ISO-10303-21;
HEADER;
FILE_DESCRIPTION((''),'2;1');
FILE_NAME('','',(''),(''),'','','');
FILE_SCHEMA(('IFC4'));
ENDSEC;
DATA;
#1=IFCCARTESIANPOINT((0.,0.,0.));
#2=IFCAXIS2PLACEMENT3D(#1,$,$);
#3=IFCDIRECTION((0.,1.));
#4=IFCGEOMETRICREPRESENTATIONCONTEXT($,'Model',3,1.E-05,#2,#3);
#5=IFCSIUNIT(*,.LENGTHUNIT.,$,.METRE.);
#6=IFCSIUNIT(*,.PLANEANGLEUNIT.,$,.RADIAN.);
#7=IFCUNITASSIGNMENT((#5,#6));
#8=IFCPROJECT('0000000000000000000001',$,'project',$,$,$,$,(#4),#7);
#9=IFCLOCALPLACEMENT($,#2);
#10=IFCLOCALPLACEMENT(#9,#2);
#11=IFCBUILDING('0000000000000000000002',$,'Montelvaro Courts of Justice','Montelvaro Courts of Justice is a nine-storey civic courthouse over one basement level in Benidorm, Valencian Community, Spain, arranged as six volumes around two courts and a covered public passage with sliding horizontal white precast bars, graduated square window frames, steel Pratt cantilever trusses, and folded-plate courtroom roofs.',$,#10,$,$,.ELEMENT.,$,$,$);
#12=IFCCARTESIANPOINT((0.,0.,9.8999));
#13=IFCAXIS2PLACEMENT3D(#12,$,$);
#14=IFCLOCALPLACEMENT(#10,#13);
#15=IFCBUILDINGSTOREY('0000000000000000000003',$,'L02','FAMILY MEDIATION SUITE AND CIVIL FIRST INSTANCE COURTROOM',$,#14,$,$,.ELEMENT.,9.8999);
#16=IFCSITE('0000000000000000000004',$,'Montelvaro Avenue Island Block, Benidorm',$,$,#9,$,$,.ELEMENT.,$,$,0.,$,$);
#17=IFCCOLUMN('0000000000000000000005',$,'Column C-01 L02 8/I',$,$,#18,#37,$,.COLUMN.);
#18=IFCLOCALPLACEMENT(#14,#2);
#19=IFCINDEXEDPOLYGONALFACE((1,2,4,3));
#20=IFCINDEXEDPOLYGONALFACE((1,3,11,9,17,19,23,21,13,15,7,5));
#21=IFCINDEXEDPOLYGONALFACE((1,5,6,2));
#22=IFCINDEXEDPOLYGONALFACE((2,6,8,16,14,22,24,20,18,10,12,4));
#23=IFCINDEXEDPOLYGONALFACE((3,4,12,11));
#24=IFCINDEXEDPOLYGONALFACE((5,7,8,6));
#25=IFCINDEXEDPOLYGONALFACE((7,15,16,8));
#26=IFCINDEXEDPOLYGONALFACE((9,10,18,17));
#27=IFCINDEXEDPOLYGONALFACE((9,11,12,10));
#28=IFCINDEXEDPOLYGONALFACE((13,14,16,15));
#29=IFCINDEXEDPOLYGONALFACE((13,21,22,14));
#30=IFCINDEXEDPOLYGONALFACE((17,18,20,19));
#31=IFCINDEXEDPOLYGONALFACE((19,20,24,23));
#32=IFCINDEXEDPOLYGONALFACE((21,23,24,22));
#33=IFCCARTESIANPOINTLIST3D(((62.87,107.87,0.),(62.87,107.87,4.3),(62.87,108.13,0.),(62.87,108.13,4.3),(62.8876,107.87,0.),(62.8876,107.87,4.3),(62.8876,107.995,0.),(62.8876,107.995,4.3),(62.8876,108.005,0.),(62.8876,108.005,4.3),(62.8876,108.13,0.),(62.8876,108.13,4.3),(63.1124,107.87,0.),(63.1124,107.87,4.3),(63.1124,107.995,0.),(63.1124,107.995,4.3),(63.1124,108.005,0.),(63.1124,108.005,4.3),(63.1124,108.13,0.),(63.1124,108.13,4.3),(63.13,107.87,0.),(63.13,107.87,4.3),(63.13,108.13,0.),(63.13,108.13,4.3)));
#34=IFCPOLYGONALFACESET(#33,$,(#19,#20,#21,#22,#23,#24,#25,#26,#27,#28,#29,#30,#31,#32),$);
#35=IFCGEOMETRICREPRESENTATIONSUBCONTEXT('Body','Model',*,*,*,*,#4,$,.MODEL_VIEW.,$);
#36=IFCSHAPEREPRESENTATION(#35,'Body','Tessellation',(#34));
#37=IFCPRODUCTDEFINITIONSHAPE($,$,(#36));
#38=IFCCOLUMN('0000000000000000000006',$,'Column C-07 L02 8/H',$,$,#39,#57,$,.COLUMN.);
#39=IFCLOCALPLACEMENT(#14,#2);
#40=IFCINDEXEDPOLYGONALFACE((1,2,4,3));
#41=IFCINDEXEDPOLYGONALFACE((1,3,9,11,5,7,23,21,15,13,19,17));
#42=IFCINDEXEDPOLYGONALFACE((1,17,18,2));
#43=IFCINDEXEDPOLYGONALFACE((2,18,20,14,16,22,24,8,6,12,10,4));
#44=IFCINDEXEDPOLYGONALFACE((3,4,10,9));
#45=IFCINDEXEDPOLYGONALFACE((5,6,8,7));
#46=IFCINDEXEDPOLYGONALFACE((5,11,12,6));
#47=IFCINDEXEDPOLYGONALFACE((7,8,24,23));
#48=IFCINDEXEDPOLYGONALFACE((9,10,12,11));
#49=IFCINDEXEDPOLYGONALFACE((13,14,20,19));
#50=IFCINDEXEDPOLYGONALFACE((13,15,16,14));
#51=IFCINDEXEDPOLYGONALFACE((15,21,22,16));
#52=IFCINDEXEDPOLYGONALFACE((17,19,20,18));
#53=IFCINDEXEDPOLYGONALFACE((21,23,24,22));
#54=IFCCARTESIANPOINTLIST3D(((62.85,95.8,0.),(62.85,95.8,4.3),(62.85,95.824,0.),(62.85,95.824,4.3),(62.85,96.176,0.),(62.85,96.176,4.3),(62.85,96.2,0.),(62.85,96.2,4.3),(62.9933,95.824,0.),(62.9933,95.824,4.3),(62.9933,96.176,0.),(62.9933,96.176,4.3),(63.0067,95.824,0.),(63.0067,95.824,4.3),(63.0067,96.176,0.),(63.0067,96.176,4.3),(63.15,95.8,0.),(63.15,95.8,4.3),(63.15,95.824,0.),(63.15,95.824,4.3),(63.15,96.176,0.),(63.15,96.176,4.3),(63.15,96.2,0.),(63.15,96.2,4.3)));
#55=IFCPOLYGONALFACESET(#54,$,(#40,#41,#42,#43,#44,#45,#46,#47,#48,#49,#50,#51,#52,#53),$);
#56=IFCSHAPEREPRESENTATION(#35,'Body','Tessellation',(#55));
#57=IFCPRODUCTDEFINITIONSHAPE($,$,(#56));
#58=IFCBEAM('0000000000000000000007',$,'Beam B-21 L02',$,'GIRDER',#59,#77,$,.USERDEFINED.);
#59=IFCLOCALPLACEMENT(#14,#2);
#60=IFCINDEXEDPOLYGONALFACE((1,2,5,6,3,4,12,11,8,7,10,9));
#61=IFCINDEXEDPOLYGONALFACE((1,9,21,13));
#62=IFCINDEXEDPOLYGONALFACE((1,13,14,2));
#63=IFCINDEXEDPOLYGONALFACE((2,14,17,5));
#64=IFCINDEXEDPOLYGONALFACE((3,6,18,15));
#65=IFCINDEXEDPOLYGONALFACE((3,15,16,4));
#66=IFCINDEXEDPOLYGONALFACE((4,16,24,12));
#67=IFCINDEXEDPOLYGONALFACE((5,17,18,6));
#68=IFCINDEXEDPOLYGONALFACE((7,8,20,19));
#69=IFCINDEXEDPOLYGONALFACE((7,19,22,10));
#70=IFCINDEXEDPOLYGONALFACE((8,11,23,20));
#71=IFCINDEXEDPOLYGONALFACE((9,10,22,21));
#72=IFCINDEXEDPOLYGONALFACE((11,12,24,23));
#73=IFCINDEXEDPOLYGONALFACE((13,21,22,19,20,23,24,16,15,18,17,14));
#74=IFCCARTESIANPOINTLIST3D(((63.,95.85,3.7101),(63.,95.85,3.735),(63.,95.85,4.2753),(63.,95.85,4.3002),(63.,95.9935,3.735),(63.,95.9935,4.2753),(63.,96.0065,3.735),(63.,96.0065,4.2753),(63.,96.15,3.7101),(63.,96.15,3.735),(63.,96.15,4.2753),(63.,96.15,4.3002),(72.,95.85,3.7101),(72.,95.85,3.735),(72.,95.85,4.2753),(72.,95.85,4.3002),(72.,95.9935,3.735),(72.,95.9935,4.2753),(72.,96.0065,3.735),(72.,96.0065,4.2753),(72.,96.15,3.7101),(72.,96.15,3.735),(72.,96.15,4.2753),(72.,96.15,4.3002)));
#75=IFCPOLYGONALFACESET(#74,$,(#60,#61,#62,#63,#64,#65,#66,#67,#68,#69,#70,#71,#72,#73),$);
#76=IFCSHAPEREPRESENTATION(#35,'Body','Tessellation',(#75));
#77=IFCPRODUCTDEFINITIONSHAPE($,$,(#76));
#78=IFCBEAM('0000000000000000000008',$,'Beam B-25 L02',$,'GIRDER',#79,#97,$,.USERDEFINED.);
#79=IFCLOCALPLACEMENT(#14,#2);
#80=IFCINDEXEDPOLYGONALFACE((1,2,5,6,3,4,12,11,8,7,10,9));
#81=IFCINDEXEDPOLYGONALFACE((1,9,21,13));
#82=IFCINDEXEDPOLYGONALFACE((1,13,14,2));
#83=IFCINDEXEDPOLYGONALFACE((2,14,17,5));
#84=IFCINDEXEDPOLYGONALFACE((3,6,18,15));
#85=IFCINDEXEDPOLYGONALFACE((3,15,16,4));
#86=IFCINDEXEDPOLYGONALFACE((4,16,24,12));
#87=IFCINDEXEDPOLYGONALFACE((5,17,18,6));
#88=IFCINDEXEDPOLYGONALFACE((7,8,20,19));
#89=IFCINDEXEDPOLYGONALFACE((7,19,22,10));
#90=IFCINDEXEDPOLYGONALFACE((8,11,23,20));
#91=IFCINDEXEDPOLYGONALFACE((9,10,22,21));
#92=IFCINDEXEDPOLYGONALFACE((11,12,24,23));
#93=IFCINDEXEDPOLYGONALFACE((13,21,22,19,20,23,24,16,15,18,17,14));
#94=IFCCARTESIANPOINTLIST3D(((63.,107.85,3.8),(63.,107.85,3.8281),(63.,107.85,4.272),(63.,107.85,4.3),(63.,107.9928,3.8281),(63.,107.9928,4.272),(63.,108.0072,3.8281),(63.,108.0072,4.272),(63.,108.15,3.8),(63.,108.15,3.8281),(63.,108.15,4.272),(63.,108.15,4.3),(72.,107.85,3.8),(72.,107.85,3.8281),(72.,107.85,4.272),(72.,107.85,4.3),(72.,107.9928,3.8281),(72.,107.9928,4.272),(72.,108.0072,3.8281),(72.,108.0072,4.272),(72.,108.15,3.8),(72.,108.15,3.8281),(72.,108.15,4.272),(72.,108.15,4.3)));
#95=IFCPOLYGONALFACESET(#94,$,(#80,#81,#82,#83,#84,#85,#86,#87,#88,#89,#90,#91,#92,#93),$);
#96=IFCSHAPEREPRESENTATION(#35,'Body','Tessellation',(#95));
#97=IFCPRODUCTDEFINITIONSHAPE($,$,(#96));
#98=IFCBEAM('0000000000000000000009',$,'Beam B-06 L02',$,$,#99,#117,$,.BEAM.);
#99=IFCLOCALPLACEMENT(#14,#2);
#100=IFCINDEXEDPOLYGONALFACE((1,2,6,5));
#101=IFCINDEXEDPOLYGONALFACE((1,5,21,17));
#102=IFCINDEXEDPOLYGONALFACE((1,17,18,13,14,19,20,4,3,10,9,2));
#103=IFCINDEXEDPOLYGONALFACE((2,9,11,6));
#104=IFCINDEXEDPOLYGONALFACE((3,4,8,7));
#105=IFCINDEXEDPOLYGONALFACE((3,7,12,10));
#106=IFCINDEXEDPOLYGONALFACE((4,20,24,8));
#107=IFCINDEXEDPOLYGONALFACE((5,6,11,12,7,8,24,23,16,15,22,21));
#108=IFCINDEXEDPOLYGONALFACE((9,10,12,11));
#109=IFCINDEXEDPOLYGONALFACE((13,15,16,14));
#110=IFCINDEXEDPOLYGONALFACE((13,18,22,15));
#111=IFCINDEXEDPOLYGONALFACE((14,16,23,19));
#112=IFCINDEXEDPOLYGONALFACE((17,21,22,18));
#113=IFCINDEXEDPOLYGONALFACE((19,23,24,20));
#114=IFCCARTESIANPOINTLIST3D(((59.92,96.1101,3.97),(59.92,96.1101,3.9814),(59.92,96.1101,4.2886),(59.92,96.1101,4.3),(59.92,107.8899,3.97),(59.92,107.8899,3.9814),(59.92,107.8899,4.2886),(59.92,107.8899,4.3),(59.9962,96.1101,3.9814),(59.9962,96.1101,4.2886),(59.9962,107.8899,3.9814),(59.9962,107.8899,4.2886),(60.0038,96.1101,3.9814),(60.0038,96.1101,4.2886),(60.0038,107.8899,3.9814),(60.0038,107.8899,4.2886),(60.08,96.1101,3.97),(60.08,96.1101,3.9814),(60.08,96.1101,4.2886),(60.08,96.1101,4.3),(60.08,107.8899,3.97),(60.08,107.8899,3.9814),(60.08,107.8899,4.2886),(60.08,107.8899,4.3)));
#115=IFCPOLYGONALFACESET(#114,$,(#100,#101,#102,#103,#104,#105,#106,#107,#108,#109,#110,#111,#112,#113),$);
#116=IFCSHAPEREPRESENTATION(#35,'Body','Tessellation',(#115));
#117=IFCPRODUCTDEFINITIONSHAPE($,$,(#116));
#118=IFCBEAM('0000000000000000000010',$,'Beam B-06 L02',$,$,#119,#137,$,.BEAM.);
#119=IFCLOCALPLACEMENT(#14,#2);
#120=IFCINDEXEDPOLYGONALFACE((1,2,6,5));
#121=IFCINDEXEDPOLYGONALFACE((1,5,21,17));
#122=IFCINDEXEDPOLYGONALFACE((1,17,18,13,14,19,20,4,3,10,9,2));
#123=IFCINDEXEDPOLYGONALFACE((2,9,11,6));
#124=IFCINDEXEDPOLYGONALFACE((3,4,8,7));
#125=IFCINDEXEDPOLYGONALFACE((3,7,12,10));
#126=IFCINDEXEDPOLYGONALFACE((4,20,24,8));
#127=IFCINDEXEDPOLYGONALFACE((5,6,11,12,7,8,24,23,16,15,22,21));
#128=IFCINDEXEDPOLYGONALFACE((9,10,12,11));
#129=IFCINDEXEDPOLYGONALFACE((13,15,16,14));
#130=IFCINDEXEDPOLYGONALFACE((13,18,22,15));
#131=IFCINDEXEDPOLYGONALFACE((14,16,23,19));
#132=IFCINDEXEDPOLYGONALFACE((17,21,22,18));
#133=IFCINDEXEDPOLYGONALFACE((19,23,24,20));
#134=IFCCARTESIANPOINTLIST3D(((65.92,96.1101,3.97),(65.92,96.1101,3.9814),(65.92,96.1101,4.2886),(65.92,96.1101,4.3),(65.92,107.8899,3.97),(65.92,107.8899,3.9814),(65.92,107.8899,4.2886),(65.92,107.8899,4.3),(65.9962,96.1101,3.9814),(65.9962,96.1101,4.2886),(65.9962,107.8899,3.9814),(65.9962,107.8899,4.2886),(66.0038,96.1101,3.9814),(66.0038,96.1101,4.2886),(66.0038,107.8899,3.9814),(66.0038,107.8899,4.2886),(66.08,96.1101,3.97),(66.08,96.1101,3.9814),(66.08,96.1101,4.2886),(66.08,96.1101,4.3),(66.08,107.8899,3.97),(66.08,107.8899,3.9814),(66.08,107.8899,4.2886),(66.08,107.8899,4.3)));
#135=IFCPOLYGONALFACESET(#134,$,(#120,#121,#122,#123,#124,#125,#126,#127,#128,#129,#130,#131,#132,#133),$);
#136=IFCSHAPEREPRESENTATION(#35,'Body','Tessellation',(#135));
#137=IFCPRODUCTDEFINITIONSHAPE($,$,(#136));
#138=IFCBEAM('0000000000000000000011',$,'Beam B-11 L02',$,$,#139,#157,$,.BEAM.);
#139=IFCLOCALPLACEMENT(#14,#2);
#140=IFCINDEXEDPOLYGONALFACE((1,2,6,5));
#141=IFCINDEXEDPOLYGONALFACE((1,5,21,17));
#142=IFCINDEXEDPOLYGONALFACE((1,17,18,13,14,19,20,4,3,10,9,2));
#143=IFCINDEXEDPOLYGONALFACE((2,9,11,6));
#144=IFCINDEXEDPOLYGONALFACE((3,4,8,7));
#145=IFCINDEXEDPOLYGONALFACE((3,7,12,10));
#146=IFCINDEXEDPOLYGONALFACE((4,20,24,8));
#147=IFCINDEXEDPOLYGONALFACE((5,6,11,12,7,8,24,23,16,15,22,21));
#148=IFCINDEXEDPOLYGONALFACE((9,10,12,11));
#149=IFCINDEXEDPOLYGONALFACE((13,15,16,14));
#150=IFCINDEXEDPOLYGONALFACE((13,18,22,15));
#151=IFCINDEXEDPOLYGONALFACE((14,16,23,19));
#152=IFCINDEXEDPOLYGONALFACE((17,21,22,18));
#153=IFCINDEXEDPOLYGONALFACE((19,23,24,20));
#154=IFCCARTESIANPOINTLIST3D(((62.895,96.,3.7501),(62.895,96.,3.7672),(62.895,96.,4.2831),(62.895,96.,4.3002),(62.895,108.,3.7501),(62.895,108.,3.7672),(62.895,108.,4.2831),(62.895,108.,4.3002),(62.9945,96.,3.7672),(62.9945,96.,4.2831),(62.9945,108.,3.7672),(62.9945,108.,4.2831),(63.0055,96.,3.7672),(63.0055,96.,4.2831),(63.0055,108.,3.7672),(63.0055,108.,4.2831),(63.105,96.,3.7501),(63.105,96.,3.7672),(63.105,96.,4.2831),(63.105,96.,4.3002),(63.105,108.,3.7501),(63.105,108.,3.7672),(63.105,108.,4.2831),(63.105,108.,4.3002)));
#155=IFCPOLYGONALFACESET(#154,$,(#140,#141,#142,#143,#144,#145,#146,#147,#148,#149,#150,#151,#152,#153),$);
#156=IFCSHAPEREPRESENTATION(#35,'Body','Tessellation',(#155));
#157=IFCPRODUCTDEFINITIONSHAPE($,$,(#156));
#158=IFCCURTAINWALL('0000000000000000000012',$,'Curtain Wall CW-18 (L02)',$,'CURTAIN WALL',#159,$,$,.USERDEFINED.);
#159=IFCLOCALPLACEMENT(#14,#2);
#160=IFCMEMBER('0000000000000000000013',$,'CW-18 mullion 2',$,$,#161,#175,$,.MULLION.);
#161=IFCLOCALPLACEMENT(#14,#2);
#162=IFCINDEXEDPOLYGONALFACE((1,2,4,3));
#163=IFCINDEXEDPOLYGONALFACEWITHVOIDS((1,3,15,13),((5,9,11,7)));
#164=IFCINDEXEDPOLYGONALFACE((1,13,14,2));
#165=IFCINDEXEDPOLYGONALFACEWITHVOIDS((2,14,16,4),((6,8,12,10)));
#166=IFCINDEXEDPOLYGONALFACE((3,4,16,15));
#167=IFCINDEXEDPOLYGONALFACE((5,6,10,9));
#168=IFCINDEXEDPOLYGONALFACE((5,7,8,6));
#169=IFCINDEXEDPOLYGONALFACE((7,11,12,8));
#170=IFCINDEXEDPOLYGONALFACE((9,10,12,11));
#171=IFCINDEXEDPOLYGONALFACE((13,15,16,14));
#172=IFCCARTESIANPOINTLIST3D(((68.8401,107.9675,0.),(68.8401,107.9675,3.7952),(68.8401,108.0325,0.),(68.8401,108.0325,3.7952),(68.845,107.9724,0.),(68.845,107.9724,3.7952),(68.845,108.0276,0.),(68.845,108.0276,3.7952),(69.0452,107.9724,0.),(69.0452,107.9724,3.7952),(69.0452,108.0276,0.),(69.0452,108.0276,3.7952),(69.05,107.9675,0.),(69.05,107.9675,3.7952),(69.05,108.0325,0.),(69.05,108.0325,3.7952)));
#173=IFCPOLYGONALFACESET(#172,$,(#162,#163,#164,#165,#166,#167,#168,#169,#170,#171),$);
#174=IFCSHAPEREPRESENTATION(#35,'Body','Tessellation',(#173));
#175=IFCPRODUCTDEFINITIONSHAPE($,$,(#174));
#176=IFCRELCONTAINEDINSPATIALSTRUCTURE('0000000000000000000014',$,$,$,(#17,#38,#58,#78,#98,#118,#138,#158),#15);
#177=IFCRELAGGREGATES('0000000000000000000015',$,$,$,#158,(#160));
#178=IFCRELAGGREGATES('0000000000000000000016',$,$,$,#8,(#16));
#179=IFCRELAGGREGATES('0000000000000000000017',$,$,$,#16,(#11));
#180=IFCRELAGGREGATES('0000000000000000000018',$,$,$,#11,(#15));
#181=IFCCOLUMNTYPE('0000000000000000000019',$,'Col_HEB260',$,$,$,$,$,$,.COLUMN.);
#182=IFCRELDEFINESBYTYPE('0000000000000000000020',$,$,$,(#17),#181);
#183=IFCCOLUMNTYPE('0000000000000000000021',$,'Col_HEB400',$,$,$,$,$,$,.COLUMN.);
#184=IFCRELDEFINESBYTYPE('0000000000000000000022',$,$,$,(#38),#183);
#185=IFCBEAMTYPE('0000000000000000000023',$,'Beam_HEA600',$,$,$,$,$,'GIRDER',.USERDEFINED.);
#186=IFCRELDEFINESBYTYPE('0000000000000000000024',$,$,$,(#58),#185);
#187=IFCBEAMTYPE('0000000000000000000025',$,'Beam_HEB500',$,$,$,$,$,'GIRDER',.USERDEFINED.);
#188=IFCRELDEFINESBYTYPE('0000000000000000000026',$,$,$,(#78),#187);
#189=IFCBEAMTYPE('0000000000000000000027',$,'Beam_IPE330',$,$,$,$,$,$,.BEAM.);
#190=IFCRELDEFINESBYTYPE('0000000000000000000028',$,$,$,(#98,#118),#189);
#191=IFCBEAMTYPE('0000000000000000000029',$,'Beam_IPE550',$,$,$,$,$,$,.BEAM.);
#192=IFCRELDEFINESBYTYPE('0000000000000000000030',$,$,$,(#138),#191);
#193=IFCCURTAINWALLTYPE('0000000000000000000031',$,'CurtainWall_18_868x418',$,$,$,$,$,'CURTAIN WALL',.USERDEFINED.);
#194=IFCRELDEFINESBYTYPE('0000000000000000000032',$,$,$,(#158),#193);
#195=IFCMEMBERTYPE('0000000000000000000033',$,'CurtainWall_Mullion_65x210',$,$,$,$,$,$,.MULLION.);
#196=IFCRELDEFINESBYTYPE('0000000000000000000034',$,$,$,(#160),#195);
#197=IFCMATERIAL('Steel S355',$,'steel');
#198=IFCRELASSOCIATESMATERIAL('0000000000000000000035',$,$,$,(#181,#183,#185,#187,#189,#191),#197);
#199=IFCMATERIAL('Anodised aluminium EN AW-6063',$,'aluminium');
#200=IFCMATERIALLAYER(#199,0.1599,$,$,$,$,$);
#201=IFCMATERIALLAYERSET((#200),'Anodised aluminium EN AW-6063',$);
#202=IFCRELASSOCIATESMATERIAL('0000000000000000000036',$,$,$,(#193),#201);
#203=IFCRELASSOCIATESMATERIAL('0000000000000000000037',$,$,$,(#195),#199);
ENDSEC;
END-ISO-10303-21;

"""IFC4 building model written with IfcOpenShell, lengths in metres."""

from ifc_helpers import new_model, si_unit, direction, frame, origin, origin_2d, place, context, subcontext, project, spatial, hollow_rectangle, i_section, extrude, material, layer, layer_set, material_profile, profile_set, type_object, element, aggregate, save


model = new_model("IFC4")

# Units and contexts
model_context = context("Model", 3, precision=1e-05, world=origin(), true_north=direction((0.0, 1.0)))
body_context = subcontext(model_context, "Body", "Model", "MODEL_VIEW")
ifc_project = project(units=[si_unit("LENGTHUNIT", "METRE"), si_unit("PLANEANGLEUNIT", "RADIAN")], contexts=[model_context])

# Site, building, storey
site_placement = place(None, origin())
site = spatial("IfcSite", under=ifc_project, at=site_placement, Name="Montelvaro Avenue Island Block, Benidorm", CompositionType="ELEMENT", RefElevation=0.0)
building_placement = place(site_placement, origin())
building = spatial("IfcBuilding", under=site, at=building_placement, Name="Montelvaro Courts of Justice", Description="Montelvaro Courts of Justice is a nine-storey civic courthouse over one basement level in Benidorm, Valencian Community, Spain, arranged as six volumes around two courts and a covered public passage with sliding horizontal white precast bars, graduated square window frames, steel Pratt cantilever trusses, and folded-plate courtroom roofs.", CompositionType="ELEMENT")
storey_placement = place(building_placement, frame((0.0, 0.0, 9.8999)))
storey = spatial("IfcBuildingStorey", under=building, at=storey_placement, Name="L02", Description="FAMILY MEDIATION SUITE AND CIVIL FIRST INSTANCE COURTROOM", CompositionType="ELEMENT", Elevation=9.8999)

# Columns
ifc_material_1 = material(Name="Steel S355", Category="steel")
ifc_material_profile_1 = material_profile(ifc_material_1, i_section(OverallWidth=0.26, OverallDepth=0.26, WebThickness=0.01, FlangeThickness=0.0176, at=origin_2d()), Name="HEB 260")
ifc_profile_set_1 = profile_set([ifc_material_profile_1], Name="Steel S355")
column_type_1 = type_object("IfcColumnType", Name="Col_HEB260", PredefinedType="COLUMN", material=ifc_profile_set_1)
column_1_placement = place(storey_placement, frame((63.0, 108.0, 0.0), z_axis=(0.0, 0.0, 1.0), x_axis=(0.0, 1.0, 0.0)))
element("IfcColumn", 1, at=column_1_placement, inside=storey, type_object=column_type_1, Name="Column C-01 L02 8/I", PredefinedType="COLUMN", context=body_context, shape_type="SweptSolid", body=[
    extrude(i_section(OverallWidth=0.26, OverallDepth=0.26, WebThickness=0.01, FlangeThickness=0.0176, at=origin_2d()), origin(), (0.0, 0.0, 1.0), 4.3),
])
ifc_material_profile_2 = material_profile(ifc_material_1, i_section(OverallWidth=0.3, OverallDepth=0.3999, WebThickness=0.0134, FlangeThickness=0.0239, at=origin_2d()), Name="HEB 400")
ifc_profile_set_2 = profile_set([ifc_material_profile_2], Name="Steel S355")
column_type_2 = type_object("IfcColumnType", Name="Col_HEB400", PredefinedType="COLUMN", material=ifc_profile_set_2)
column_2_placement = place(storey_placement, frame((63.0, 96.0, 0.0), z_axis=(0.0, 0.0, 1.0), x_axis=(1.0, 0.0, 0.0)))
element("IfcColumn", 2, at=column_2_placement, inside=storey, type_object=column_type_2, Name="Column C-07 L02 8/H", PredefinedType="COLUMN", context=body_context, shape_type="SweptSolid", body=[
    extrude(i_section(OverallWidth=0.3, OverallDepth=0.3999, WebThickness=0.0134, FlangeThickness=0.0239, at=origin_2d()), origin(), (0.0, 0.0, 1.0), 4.3),
])

# Beams
ifc_material_profile_3 = material_profile(ifc_material_1, i_section(OverallWidth=0.3, OverallDepth=0.5901, WebThickness=0.0129, FlangeThickness=0.0249, at=origin_2d()), Name="HEA 600")
ifc_profile_set_3 = profile_set([ifc_material_profile_3], Name="Steel S355")
beam_type_1 = type_object("IfcBeamType", Name="Beam_HEA600", ElementType="GIRDER", PredefinedType="USERDEFINED", material=ifc_profile_set_3)
beam_1_placement = place(storey_placement, frame((63.0, 96.0, 4.0051), z_axis=(1.0, 0.0, 0.0), x_axis=(0.0, 1.0, 0.0)))
element("IfcBeam", 3, at=beam_1_placement, inside=storey, type_object=beam_type_1, Name="Beam B-21 L02", ObjectType="GIRDER", PredefinedType="USERDEFINED", context=body_context, shape_type="SweptSolid", body=[
    extrude(i_section(OverallWidth=0.3, OverallDepth=0.5901, WebThickness=0.0129, FlangeThickness=0.0249, at=origin_2d()), origin(), (0.0, 0.0, 1.0), 9.0),
])
ifc_material_profile_4 = material_profile(ifc_material_1, i_section(OverallWidth=0.3, OverallDepth=0.5, WebThickness=0.0144, FlangeThickness=0.0281, at=origin_2d()), Name="HEB 500")
ifc_profile_set_4 = profile_set([ifc_material_profile_4], Name="Steel S355")
beam_type_2 = type_object("IfcBeamType", Name="Beam_HEB500", ElementType="GIRDER", PredefinedType="USERDEFINED", material=ifc_profile_set_4)
beam_2_placement = place(storey_placement, frame((63.0, 108.0, 4.05), z_axis=(1.0, 0.0, 0.0), x_axis=(0.0, 1.0, 0.0)))
element("IfcBeam", 4, at=beam_2_placement, inside=storey, type_object=beam_type_2, Name="Beam B-25 L02", ObjectType="GIRDER", PredefinedType="USERDEFINED", context=body_context, shape_type="SweptSolid", body=[
    extrude(i_section(OverallWidth=0.3, OverallDepth=0.5, WebThickness=0.0144, FlangeThickness=0.0281, at=origin_2d()), origin(), (0.0, 0.0, 1.0), 9.0),
])
ifc_material_profile_5 = material_profile(ifc_material_1, i_section(OverallWidth=0.1599, OverallDepth=0.3301, WebThickness=0.0076, FlangeThickness=0.0115, at=origin_2d()), Name="IPE 330")
ifc_profile_set_5 = profile_set([ifc_material_profile_5], Name="Steel S355")
beam_type_3 = type_object("IfcBeamType", Name="Beam_IPE330", PredefinedType="BEAM", material=ifc_profile_set_5)
for number, where, z_axis, x_axis, name in (
    (5, (60.0, 96.1101, 4.135), (0.0, 1.0, 0.0), (-1.0, 0.0, 0.0), "Beam B-06 L02"),
    (6, (66.0, 96.1101, 4.135), (0.0, 1.0, 0.0), (-1.0, 0.0, 0.0), "Beam B-06 L02"),
):
    element("IfcBeam", number, at=place(storey_placement, frame(where, z_axis=z_axis, x_axis=x_axis)), inside=storey, type_object=beam_type_3, Name=name, PredefinedType="BEAM", context=body_context, shape_type="SweptSolid", body=[
        extrude(i_section(OverallWidth=0.1599, OverallDepth=0.3301, WebThickness=0.0076, FlangeThickness=0.0115, at=origin_2d()), origin(), (0.0, 0.0, 1.0), 11.7798),
    ])
ifc_material_profile_6 = material_profile(ifc_material_1, i_section(OverallWidth=0.21, OverallDepth=0.55, WebThickness=0.011, FlangeThickness=0.0171, at=origin_2d()), Name="IPE 550")
ifc_profile_set_6 = profile_set([ifc_material_profile_6], Name="Steel S355")
beam_type_4 = type_object("IfcBeamType", Name="Beam_IPE550", PredefinedType="BEAM", material=ifc_profile_set_6)
beam_3_placement = place(storey_placement, frame((63.0, 96.0, 4.0251), z_axis=(0.0, 1.0, 0.0), x_axis=(-1.0, 0.0, 0.0)))
element("IfcBeam", 7, at=beam_3_placement, inside=storey, type_object=beam_type_4, Name="Beam B-11 L02", PredefinedType="BEAM", context=body_context, shape_type="SweptSolid", body=[
    extrude(i_section(OverallWidth=0.21, OverallDepth=0.55, WebThickness=0.011, FlangeThickness=0.0171, at=origin_2d()), origin(), (0.0, 0.0, 1.0), 12.0),
])

# Curtain wall, member
ifc_material_2 = material(Name="Anodised aluminium EN AW-6063", Category="aluminium")
ifc_layer_1 = layer(ifc_material_2, 0.1599)
ifc_layer_set_1 = layer_set([ifc_layer_1], Name="Anodised aluminium EN AW-6063")
curtain_wall_type = type_object("IfcCurtainWallType", Name="CurtainWall_18_868x418", ElementType="CURTAIN WALL", PredefinedType="USERDEFINED", material=ifc_layer_set_1)
curtain_wall_1_placement = place(storey_placement, origin())
curtain_wall_1 = element("IfcCurtainWall", 8, at=curtain_wall_1_placement, inside=storey, type_object=curtain_wall_type, Name="Curtain Wall CW-18 (L02)", ObjectType="CURTAIN WALL", PredefinedType="USERDEFINED")
ifc_material_profile_7 = material_profile(ifc_material_2, hollow_rectangle(XDim=0.0649, YDim=0.21, WallThickness=0.0049, at=origin_2d()), Name="ALU-M 65x210")
ifc_profile_set_7 = profile_set([ifc_material_profile_7], Name="Anodised aluminium EN AW-6063")
member_type_1 = type_object("IfcMemberType", Name="CurtainWall_Mullion_65x210", PredefinedType="MULLION", material=ifc_profile_set_7)
member_1_placement = place(storey_placement, frame((68.9451, 108.0, 0.0), z_axis=(0.0, 0.0, 1.0), x_axis=(0.0, -1.0, 0.0)))
member_1 = element("IfcMember", 9, at=member_1_placement, type_object=member_type_1, Name="CW-18 mullion 2", PredefinedType="MULLION", context=body_context, shape_type="SweptSolid", body=[
    extrude(hollow_rectangle(XDim=0.0649, YDim=0.21, WallThickness=0.0049, at=origin_2d()), origin(), (0.0, 0.0, 1.0), 3.7952),
])

aggregate(curtain_wall_1, [member_1])

save(model, "model.ifc")
